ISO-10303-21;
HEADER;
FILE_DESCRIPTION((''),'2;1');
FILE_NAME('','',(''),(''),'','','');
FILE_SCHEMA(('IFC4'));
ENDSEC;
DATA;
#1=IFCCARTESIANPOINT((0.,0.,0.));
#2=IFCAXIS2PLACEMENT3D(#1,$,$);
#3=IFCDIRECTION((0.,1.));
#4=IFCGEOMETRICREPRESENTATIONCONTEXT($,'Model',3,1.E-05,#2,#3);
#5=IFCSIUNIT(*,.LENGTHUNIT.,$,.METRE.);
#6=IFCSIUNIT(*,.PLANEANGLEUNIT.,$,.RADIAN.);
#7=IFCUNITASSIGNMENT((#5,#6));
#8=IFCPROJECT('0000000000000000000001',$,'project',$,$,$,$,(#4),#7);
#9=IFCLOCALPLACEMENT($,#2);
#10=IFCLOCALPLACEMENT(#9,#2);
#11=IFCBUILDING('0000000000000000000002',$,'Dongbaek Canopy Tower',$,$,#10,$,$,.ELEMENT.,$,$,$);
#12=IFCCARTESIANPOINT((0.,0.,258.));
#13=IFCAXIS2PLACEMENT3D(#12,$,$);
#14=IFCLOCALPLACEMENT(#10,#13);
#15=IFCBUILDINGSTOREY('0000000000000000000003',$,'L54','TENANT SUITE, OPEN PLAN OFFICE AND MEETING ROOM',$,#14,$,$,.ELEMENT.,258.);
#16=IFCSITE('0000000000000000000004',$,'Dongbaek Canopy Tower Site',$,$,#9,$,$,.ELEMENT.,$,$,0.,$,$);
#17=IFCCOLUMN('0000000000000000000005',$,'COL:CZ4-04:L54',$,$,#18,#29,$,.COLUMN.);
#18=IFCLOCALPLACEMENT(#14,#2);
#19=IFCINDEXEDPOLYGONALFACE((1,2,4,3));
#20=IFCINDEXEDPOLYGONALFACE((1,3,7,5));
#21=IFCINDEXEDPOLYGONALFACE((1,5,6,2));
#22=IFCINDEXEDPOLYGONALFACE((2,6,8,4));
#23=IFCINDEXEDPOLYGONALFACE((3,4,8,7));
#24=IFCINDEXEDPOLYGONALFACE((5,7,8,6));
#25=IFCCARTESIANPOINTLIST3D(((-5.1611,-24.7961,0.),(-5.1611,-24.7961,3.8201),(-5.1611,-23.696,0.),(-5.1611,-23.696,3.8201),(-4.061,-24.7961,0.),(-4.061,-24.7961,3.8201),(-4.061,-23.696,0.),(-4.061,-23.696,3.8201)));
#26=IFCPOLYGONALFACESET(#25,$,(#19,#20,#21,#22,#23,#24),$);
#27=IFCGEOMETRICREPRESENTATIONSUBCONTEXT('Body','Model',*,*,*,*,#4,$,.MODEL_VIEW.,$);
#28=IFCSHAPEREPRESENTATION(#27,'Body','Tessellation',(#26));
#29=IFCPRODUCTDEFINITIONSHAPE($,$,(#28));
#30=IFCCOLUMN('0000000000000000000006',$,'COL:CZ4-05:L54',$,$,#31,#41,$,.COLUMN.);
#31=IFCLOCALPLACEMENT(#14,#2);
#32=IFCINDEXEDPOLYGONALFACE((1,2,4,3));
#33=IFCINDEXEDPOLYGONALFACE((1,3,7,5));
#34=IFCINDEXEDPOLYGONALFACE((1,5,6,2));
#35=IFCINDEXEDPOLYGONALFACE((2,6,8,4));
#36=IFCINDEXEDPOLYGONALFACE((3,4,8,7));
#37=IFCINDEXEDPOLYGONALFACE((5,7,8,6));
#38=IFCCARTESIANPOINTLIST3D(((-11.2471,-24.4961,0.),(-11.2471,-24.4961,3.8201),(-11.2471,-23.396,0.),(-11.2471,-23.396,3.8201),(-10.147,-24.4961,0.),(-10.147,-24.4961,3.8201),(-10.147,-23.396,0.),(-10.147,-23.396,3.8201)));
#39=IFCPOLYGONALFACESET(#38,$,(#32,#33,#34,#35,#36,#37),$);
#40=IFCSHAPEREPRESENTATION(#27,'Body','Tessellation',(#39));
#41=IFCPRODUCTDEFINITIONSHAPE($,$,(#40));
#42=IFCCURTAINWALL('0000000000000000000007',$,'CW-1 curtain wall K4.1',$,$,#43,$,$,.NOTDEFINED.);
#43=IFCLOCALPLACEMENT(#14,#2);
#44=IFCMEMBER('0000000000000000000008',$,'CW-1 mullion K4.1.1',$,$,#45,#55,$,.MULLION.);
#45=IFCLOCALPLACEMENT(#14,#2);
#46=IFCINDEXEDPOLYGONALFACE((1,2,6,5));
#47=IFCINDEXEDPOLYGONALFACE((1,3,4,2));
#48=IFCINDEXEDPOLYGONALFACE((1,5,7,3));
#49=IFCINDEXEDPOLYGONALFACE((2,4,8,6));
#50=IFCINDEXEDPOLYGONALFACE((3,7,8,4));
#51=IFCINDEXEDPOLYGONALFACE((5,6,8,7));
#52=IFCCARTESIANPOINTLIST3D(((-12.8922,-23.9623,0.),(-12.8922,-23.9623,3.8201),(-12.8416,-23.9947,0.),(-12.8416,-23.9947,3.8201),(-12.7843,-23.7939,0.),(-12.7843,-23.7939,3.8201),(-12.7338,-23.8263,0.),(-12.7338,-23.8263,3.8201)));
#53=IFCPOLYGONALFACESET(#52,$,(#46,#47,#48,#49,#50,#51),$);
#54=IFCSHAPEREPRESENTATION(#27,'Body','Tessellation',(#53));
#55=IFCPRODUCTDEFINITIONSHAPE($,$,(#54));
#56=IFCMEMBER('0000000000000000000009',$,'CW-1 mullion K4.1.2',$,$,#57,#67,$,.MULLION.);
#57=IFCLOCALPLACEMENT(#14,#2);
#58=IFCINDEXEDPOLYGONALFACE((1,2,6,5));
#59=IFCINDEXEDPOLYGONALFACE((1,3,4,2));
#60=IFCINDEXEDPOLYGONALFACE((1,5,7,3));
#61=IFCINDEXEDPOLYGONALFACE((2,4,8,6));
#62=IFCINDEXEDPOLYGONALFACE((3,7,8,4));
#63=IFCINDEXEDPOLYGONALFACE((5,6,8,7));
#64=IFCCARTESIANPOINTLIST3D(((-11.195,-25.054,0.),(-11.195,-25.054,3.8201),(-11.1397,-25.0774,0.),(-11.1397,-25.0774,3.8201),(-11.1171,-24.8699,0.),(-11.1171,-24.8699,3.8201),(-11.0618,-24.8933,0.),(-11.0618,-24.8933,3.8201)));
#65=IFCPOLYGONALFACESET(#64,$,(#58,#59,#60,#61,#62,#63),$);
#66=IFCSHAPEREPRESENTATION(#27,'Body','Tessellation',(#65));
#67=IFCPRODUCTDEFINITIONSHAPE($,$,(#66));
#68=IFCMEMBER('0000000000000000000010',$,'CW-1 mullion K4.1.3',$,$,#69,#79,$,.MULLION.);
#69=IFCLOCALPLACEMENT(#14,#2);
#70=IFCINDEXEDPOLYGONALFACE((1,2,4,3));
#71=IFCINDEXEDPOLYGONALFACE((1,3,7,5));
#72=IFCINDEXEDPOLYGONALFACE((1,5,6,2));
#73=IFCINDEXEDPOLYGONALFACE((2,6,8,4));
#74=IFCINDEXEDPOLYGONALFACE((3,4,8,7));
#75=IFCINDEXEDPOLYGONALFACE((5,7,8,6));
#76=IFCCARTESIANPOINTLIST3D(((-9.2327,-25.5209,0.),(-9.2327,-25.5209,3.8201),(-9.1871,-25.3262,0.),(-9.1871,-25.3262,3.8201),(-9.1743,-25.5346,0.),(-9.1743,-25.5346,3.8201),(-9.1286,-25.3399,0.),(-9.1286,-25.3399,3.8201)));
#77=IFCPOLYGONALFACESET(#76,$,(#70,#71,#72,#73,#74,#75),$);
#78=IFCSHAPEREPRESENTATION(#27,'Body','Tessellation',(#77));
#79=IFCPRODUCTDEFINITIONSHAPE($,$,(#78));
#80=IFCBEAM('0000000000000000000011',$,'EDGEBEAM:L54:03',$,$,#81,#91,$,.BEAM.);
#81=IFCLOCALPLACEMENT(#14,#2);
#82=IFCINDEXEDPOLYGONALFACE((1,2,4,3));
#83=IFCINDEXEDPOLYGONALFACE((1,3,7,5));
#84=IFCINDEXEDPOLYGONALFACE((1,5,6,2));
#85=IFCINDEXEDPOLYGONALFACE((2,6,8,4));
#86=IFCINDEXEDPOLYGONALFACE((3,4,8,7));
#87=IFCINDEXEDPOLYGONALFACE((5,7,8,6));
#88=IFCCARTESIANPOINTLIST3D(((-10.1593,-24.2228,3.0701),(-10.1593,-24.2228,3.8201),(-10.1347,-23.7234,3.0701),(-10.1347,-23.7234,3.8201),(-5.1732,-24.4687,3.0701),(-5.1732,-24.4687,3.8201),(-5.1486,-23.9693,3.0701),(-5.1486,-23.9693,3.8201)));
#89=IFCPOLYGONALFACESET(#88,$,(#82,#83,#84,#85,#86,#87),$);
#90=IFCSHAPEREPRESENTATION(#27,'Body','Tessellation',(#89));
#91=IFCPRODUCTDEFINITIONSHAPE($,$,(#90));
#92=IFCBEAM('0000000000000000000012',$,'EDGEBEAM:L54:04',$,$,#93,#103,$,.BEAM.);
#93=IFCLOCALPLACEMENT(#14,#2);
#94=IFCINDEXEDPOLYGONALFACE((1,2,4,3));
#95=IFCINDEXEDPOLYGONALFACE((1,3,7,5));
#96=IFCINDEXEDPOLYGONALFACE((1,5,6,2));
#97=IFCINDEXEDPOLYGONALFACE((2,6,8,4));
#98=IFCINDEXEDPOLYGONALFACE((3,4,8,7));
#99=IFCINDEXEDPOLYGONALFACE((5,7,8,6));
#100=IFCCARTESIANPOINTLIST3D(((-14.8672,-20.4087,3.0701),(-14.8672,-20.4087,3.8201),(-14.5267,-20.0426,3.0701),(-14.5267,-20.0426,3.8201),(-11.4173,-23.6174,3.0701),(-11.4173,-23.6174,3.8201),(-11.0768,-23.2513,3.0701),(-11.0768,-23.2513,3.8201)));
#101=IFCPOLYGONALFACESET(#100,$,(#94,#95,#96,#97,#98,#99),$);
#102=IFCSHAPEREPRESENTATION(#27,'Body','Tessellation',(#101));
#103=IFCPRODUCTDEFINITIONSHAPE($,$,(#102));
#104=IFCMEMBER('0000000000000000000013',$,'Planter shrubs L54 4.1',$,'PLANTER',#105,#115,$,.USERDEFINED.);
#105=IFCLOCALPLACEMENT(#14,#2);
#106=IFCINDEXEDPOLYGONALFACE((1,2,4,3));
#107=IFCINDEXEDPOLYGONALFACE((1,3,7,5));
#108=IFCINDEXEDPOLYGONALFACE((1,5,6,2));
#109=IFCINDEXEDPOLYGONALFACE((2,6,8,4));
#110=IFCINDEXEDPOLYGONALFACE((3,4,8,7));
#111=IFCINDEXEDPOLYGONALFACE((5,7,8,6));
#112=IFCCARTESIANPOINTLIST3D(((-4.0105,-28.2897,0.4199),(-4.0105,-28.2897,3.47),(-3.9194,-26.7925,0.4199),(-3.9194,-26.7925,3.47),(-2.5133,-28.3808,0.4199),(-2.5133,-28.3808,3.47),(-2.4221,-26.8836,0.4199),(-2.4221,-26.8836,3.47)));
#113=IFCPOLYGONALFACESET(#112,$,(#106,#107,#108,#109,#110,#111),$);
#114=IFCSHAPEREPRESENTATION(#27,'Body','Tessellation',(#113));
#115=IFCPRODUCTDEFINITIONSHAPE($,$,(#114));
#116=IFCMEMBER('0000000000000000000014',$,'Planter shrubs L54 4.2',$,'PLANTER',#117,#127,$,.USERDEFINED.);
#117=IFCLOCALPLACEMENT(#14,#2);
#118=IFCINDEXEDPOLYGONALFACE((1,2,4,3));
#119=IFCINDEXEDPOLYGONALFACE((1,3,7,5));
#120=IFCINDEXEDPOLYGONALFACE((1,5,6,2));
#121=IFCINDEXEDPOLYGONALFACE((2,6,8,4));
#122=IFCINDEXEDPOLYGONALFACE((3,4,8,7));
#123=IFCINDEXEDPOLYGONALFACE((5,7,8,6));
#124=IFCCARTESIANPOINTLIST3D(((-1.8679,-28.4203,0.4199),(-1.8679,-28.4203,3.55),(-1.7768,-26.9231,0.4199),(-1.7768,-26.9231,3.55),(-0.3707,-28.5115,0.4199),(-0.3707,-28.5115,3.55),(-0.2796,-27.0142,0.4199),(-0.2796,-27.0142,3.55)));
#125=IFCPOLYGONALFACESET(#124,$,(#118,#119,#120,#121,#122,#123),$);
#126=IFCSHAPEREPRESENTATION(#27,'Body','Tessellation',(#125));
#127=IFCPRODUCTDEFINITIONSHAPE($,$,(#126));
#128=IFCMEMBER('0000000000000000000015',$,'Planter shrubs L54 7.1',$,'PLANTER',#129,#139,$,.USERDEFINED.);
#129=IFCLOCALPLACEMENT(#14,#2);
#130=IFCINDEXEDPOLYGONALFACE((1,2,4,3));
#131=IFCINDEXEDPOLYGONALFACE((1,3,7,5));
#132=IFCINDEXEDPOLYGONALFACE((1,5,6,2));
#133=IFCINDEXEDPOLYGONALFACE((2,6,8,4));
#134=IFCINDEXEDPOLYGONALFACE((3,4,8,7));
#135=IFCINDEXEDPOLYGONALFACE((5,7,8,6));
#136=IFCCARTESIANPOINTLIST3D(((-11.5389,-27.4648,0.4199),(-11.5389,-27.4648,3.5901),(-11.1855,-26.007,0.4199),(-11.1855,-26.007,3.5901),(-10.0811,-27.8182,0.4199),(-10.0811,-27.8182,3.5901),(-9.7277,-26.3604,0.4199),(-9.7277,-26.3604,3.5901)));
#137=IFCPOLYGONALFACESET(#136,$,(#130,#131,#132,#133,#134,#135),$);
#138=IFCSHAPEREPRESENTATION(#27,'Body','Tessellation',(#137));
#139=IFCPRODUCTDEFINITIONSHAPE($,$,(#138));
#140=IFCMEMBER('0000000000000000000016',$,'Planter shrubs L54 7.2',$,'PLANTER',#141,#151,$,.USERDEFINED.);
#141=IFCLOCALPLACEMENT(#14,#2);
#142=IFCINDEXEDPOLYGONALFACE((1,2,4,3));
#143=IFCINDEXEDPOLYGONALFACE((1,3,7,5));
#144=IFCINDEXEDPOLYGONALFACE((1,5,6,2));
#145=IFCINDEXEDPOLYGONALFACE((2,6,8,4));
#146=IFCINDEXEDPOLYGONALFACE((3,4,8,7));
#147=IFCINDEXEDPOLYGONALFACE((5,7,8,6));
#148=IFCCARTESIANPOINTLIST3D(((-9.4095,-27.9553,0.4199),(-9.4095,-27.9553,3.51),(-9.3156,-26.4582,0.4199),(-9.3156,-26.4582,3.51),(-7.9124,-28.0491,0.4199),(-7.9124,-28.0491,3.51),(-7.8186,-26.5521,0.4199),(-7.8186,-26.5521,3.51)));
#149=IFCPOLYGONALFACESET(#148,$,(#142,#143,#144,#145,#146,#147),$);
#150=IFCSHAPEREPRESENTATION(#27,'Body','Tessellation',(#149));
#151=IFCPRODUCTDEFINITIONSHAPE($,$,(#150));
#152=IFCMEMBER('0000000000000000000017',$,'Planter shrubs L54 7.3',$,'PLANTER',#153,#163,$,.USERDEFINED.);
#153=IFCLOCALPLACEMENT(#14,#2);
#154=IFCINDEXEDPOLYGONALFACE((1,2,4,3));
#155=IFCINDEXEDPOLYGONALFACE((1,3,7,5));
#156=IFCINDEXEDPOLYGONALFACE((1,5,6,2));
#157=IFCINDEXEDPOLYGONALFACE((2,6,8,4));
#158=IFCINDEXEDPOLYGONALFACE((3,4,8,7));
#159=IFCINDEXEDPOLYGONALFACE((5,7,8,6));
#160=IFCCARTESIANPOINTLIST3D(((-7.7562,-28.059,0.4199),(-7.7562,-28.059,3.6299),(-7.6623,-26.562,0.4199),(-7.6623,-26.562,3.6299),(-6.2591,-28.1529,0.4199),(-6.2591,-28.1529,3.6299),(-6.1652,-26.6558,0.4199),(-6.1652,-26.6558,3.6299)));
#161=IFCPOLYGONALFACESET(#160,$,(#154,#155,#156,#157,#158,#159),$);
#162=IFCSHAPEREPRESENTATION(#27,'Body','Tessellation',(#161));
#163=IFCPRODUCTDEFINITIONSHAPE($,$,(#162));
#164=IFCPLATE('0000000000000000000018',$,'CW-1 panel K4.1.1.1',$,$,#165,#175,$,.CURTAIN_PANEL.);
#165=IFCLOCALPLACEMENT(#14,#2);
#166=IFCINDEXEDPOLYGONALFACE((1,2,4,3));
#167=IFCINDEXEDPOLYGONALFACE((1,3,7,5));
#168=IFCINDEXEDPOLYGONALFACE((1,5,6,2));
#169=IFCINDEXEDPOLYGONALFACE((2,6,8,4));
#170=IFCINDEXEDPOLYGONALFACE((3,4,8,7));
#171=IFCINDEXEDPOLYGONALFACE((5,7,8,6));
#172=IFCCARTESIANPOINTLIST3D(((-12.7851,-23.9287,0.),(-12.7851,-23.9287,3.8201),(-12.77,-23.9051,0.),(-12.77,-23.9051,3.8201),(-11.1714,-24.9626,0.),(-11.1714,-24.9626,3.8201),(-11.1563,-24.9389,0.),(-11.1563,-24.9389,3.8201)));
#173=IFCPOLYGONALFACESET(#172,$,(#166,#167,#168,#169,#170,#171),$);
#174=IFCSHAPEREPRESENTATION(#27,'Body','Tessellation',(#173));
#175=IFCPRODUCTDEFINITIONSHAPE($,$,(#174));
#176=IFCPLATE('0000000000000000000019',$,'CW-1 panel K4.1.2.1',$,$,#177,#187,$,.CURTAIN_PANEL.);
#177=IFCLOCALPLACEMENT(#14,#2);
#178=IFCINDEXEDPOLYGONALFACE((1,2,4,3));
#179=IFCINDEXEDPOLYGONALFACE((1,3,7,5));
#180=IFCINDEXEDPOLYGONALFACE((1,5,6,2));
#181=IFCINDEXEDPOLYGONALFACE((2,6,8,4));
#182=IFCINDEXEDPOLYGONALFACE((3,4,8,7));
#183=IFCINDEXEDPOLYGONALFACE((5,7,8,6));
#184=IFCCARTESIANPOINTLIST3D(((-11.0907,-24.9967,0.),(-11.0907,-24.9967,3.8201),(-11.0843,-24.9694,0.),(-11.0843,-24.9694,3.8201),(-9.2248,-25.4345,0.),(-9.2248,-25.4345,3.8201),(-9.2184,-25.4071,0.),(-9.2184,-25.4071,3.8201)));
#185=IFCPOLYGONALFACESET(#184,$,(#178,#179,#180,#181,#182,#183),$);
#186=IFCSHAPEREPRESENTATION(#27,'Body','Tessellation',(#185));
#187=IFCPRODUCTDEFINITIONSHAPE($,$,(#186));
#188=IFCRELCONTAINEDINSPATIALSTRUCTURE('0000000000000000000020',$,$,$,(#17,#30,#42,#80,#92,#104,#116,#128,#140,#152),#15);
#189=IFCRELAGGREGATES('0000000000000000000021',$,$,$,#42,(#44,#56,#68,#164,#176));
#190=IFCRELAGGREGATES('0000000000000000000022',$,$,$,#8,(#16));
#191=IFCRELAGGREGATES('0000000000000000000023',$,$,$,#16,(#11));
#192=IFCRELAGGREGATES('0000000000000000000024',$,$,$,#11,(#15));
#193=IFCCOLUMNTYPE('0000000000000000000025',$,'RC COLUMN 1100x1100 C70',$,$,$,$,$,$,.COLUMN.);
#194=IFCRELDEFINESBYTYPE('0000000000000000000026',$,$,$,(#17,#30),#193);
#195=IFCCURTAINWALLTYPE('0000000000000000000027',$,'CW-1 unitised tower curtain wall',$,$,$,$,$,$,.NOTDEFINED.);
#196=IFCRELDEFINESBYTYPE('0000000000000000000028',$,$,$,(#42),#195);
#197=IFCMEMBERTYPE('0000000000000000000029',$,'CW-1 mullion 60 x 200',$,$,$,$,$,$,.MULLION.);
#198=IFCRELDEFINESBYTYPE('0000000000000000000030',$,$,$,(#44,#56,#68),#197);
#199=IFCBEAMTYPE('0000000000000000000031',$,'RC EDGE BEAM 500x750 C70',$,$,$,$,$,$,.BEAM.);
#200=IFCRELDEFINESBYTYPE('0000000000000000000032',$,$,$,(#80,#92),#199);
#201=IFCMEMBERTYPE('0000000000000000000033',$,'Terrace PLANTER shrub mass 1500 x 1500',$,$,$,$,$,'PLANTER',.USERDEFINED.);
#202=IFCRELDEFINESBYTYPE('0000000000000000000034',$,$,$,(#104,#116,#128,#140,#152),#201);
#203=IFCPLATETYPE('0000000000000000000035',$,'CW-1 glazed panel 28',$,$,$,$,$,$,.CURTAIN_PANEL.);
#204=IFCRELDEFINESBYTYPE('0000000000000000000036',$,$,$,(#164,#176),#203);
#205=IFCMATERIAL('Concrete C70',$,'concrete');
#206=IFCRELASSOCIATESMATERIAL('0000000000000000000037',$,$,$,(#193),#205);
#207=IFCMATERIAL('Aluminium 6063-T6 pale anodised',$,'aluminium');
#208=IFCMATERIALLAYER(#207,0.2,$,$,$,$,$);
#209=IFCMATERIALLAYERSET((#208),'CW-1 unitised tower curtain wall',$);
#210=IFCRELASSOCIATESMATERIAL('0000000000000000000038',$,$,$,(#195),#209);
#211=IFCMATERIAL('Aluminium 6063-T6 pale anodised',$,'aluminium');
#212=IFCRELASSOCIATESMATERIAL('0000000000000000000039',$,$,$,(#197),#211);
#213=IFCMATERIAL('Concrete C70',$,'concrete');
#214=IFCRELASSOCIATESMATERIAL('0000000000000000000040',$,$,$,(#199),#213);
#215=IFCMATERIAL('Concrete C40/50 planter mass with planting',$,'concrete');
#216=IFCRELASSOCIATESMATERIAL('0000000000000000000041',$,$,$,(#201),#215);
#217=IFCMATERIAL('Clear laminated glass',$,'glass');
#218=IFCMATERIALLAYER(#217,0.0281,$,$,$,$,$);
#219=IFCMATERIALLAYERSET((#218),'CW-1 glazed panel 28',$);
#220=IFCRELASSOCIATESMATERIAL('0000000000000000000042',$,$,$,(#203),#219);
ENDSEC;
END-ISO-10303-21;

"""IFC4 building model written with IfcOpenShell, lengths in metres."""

from ifc_helpers import new_model, si_unit, direction, frame, origin, origin_2d, place, context, subcontext, project, spatial, rectangle, extrude, material, layer, layer_set, material_profile, profile_set, type_object, element, aggregate, save


model = new_model("IFC4")

# Units and contexts
model_context = context("Model", 3, precision=1e-05, world=origin(), true_north=direction((0.0, 1.0)))
body_context = subcontext(model_context, "Body", "Model", "MODEL_VIEW")
ifc_project = project(units=[si_unit("LENGTHUNIT", "METRE"), si_unit("PLANEANGLEUNIT", "RADIAN")], contexts=[model_context])

# Site, building, storey
site_placement = place(None, origin())
site = spatial("IfcSite", under=ifc_project, at=site_placement, Name="Dongbaek Canopy Tower Site", CompositionType="ELEMENT", RefElevation=0.0)
building_placement = place(site_placement, origin())
building = spatial("IfcBuilding", under=site, at=building_placement, Name="Dongbaek Canopy Tower", CompositionType="ELEMENT")
storey_placement = place(building_placement, frame((0.0, 0.0, 258.0)))
storey = spatial("IfcBuildingStorey", under=building, at=storey_placement, Name="L54", Description="TENANT SUITE, OPEN PLAN OFFICE AND MEETING ROOM", CompositionType="ELEMENT", Elevation=258.0)

# Columns
ifc_material_1 = material(Name="Concrete C70", Category="concrete")
ifc_material_profile_1 = material_profile(ifc_material_1, rectangle(XDim=1.1001, YDim=1.1001, at=origin_2d()), Name="RC COLUMN 1100x1100 C70")
ifc_profile_set_1 = profile_set([ifc_material_profile_1], Name="Concrete C70")
column_type = type_object("IfcColumnType", Name="RC COLUMN 1100x1100 C70", PredefinedType="COLUMN", material=ifc_profile_set_1)
for number, where, z_axis, x_axis, name in (
    (1, (-4.6111, -24.2461, 0.0), (0.0, 0.0, 1.0), (1.0, 0.0, 0.0), "COL:CZ4-04:L54"),
    (2, (-10.697, -23.946, 0.0), (0.0, 0.0, 1.0), (1.0, 0.0, 0.0), "COL:CZ4-05:L54"),
):
    element("IfcColumn", number, at=place(storey_placement, frame(where, z_axis=z_axis, x_axis=x_axis)), inside=storey, type_object=column_type, Name=name, PredefinedType="COLUMN", context=body_context, shape_type="SweptSolid", body=[
        extrude(rectangle(XDim=1.1001, YDim=1.1001, at=origin_2d()), origin(), (0.0, 0.0, 1.0), 3.8201),
    ])

# Curtain wall, members
ifc_material_2 = material(Name="Aluminium 6063-T6 pale anodised", Category="aluminium")
ifc_layer_1 = layer(ifc_material_2, 0.2)
ifc_layer_set_1 = layer_set([ifc_layer_1], Name="CW-1 unitised tower curtain wall")
curtain_wall_type = type_object("IfcCurtainWallType", Name="CW-1 unitised tower curtain wall", PredefinedType="NOTDEFINED", material=ifc_layer_set_1)
curtain_wall_placement = place(storey_placement, origin())
curtain_wall = element("IfcCurtainWall", 3, at=curtain_wall_placement, inside=storey, type_object=curtain_wall_type, Name="CW-1 curtain wall K4.1", PredefinedType="NOTDEFINED")
ifc_material_3 = material(Name="Aluminium 6063-T6 pale anodised", Category="aluminium")
ifc_material_profile_2 = material_profile(ifc_material_3, rectangle(XDim=0.2, YDim=0.0601, at=origin_2d()), Name="CW-1 mullion 60 x 200")
ifc_profile_set_2 = profile_set([ifc_material_profile_2], Name="Aluminium 6063-T6 pale anodised")
member_type_1 = type_object("IfcMemberType", Name="CW-1 mullion 60 x 200", PredefinedType="MULLION", material=ifc_profile_set_2)
member_1_placement = place(storey_placement, frame((-12.813, -23.8943, 0.0), z_axis=(0.0, 0.0, 1.0), x_axis=(-0.539448, -0.842019, 0.0)))
member_1 = element("IfcMember", 4, at=member_1_placement, type_object=member_type_1, Name="CW-1 mullion K4.1.1", PredefinedType="MULLION", context=body_context, shape_type="SweptSolid", body=[
    extrude(rectangle(XDim=0.2, YDim=0.0601, at=origin_2d()), origin(), (0.0, 0.0, 1.0), 3.8201),
])
member_2_placement = place(storey_placement, frame((-11.1284, -24.9736, 0.0), z_axis=(0.0, 0.0, 1.0), x_axis=(-0.389524, -0.921016, 0.0)))
member_2 = element("IfcMember", 5, at=member_2_placement, type_object=member_type_1, Name="CW-1 mullion K4.1.2", PredefinedType="MULLION", context=body_context, shape_type="SweptSolid", body=[
    extrude(rectangle(XDim=0.2, YDim=0.0601, at=origin_2d()), origin(), (0.0, 0.0, 1.0), 3.8201),
])
member_3_placement = place(storey_placement, frame((-9.1807, -25.4304, 0.0), z_axis=(0.0, 0.0, 1.0), x_axis=(-0.228415, -0.973564, 0.0)))
member_3 = element("IfcMember", 6, at=member_3_placement, type_object=member_type_1, Name="CW-1 mullion K4.1.3", PredefinedType="MULLION", context=body_context, shape_type="SweptSolid", body=[
    extrude(rectangle(XDim=0.2, YDim=0.0601, at=origin_2d()), origin(), (0.0, 0.0, 1.0), 3.8201),
])

# Beams
ifc_material_4 = material(Name="Concrete C70", Category="concrete")
ifc_material_profile_3 = material_profile(ifc_material_4, rectangle(XDim=0.5, YDim=0.75, at=origin_2d()), Name="RC EDGE BEAM 500x750 C70")
ifc_profile_set_3 = profile_set([ifc_material_profile_3], Name="Concrete C70")
beam_type = type_object("IfcBeamType", Name="RC EDGE BEAM 500x750 C70", PredefinedType="BEAM", material=ifc_profile_set_3)
beam_1_placement = place(storey_placement, frame((-5.1609, -24.219, 3.4451), z_axis=(-0.998787, 0.049247, 0.0), x_axis=(-0.049247, -0.998787, 0.0)))
element("IfcBeam", 7, at=beam_1_placement, inside=storey, type_object=beam_type, Name="EDGEBEAM:L54:03", PredefinedType="BEAM", context=body_context, shape_type="SweptSolid", body=[
    extrude(rectangle(XDim=0.5, YDim=0.75, at=origin_2d()), origin(), (0.0, 0.0, 1.0), 4.9922),
])
beam_2_placement = place(storey_placement, frame((-11.2471, -23.4343, 3.4451), z_axis=(-0.732241, 0.681045, 0.0), x_axis=(-0.681045, -0.732241, 0.0)))
element("IfcBeam", 8, at=beam_2_placement, inside=storey, type_object=beam_type, Name="EDGEBEAM:L54:04", PredefinedType="BEAM", context=body_context, shape_type="SweptSolid", body=[
    extrude(rectangle(XDim=0.5, YDim=0.75, at=origin_2d()), origin(), (0.0, 0.0, 1.0), 4.7114),
])

# Members
ifc_material_5 = material(Name="Concrete C40/50 planter mass with planting", Category="concrete")
ifc_material_profile_4 = material_profile(ifc_material_5, rectangle(XDim=1.5, YDim=1.5, at=origin_2d()), Name="Terrace PLANTER shrub mass 1500 x 1500")
ifc_profile_set_4 = profile_set([ifc_material_profile_4], Name="Concrete C40/50 planter mass with planting")
member_type_2 = type_object("IfcMemberType", Name="Terrace PLANTER shrub mass 1500 x 1500", ElementType="PLANTER", PredefinedType="USERDEFINED", material=ifc_profile_set_4)
member_4_placement = place(storey_placement, frame((-3.2163, -27.5867, 0.4199), z_axis=(0.0, 0.0, 1.0), x_axis=(-0.060746, -0.998153, 0.0)))
element("IfcMember", 9, at=member_4_placement, inside=storey, type_object=member_type_2, Name="Planter shrubs L54 4.1", ObjectType="PLANTER", PredefinedType="USERDEFINED", context=body_context, shape_type="SweptSolid", body=[
    extrude(rectangle(XDim=1.5, YDim=1.5, at=origin_2d()), origin(), (0.0, 0.0, 1.0), 3.05),
])
member_5_placement = place(storey_placement, frame((-1.0737, -27.7173, 0.4199), z_axis=(0.0, 0.0, 1.0), x_axis=(-0.060746, -0.998153, 0.0)))
element("IfcMember", 10, at=member_5_placement, inside=storey, type_object=member_type_2, Name="Planter shrubs L54 4.2", ObjectType="PLANTER", PredefinedType="USERDEFINED", context=body_context, shape_type="SweptSolid", body=[
    extrude(rectangle(XDim=1.5, YDim=1.5, at=origin_2d()), origin(), (0.0, 0.0, 1.0), 3.1301),
])
member_6_placement = place(storey_placement, frame((-10.6333, -26.9126, 0.4199), z_axis=(0.0, 0.0, 1.0), x_axis=(-0.235622, -0.971845, 0.0)))
element("IfcMember", 11, at=member_6_placement, inside=storey, type_object=member_type_2, Name="Planter shrubs L54 7.1", ObjectType="PLANTER", PredefinedType="USERDEFINED", context=body_context, shape_type="SweptSolid", body=[
    extrude(rectangle(XDim=1.5, YDim=1.5, at=origin_2d()), origin(), (0.0, 0.0, 1.0), 3.1702),
])
member_7_placement = place(storey_placement, frame((-8.614, -27.2537, 0.4199), z_axis=(0.0, 0.0, 1.0), x_axis=(-0.062577, -0.99804, 0.0)))
element("IfcMember", 12, at=member_7_placement, inside=storey, type_object=member_type_2, Name="Planter shrubs L54 7.2", ObjectType="PLANTER", PredefinedType="USERDEFINED", context=body_context, shape_type="SweptSolid", body=[
    extrude(rectangle(XDim=1.5, YDim=1.5, at=origin_2d()), origin(), (0.0, 0.0, 1.0), 3.0901),
])
member_8_placement = place(storey_placement, frame((-6.9607, -27.3574, 0.4199), z_axis=(0.0, 0.0, 1.0), x_axis=(-0.062577, -0.99804, 0.0)))
element("IfcMember", 13, at=member_8_placement, inside=storey, type_object=member_type_2, Name="Planter shrubs L54 7.3", ObjectType="PLANTER", PredefinedType="USERDEFINED", context=body_context, shape_type="SweptSolid", body=[
    extrude(rectangle(XDim=1.5, YDim=1.5, at=origin_2d()), origin(), (0.0, 0.0, 1.0), 3.21),
])

# Plates
ifc_material_6 = material(Name="Clear laminated glass", Category="glass")
ifc_layer_2 = layer(ifc_material_6, 0.0281)
ifc_layer_set_2 = layer_set([ifc_layer_2], Name="CW-1 glazed panel 28")
plate_type = type_object("IfcPlateType", Name="CW-1 glazed panel 28", PredefinedType="CURTAIN_PANEL", material=ifc_layer_set_2)
plate_1_placement = place(storey_placement, frame((-11.9707, -24.4338, 0.0), z_axis=(0.0, 0.0, 1.0), x_axis=(0.842019, -0.539448, 0.0)))
plate_1 = element("IfcPlate", 14, at=plate_1_placement, type_object=plate_type, Name="CW-1 panel K4.1.1.1", PredefinedType="CURTAIN_PANEL", context=body_context, shape_type="SweptSolid", body=[
    extrude(rectangle(XDim=1.9165, YDim=0.0281, at=origin_2d()), origin(), (0.0, 0.0, 1.0), 3.8201),
])
plate_2_placement = place(storey_placement, frame((-10.1545, -25.2019, 0.0), z_axis=(0.0, 0.0, 1.0), x_axis=(0.973564, -0.228415, 0.0)))
plate_2 = element("IfcPlate", 15, at=plate_2_placement, type_object=plate_type, Name="CW-1 panel K4.1.2.1", PredefinedType="CURTAIN_PANEL", context=body_context, shape_type="SweptSolid", body=[
    extrude(rectangle(XDim=1.9165, YDim=0.0281, at=origin_2d()), origin(), (0.0, 0.0, 1.0), 3.8201),
])
aggregate(curtain_wall, [member_1, member_2, member_3, plate_1, plate_2])

save(model, "model.ifc")
